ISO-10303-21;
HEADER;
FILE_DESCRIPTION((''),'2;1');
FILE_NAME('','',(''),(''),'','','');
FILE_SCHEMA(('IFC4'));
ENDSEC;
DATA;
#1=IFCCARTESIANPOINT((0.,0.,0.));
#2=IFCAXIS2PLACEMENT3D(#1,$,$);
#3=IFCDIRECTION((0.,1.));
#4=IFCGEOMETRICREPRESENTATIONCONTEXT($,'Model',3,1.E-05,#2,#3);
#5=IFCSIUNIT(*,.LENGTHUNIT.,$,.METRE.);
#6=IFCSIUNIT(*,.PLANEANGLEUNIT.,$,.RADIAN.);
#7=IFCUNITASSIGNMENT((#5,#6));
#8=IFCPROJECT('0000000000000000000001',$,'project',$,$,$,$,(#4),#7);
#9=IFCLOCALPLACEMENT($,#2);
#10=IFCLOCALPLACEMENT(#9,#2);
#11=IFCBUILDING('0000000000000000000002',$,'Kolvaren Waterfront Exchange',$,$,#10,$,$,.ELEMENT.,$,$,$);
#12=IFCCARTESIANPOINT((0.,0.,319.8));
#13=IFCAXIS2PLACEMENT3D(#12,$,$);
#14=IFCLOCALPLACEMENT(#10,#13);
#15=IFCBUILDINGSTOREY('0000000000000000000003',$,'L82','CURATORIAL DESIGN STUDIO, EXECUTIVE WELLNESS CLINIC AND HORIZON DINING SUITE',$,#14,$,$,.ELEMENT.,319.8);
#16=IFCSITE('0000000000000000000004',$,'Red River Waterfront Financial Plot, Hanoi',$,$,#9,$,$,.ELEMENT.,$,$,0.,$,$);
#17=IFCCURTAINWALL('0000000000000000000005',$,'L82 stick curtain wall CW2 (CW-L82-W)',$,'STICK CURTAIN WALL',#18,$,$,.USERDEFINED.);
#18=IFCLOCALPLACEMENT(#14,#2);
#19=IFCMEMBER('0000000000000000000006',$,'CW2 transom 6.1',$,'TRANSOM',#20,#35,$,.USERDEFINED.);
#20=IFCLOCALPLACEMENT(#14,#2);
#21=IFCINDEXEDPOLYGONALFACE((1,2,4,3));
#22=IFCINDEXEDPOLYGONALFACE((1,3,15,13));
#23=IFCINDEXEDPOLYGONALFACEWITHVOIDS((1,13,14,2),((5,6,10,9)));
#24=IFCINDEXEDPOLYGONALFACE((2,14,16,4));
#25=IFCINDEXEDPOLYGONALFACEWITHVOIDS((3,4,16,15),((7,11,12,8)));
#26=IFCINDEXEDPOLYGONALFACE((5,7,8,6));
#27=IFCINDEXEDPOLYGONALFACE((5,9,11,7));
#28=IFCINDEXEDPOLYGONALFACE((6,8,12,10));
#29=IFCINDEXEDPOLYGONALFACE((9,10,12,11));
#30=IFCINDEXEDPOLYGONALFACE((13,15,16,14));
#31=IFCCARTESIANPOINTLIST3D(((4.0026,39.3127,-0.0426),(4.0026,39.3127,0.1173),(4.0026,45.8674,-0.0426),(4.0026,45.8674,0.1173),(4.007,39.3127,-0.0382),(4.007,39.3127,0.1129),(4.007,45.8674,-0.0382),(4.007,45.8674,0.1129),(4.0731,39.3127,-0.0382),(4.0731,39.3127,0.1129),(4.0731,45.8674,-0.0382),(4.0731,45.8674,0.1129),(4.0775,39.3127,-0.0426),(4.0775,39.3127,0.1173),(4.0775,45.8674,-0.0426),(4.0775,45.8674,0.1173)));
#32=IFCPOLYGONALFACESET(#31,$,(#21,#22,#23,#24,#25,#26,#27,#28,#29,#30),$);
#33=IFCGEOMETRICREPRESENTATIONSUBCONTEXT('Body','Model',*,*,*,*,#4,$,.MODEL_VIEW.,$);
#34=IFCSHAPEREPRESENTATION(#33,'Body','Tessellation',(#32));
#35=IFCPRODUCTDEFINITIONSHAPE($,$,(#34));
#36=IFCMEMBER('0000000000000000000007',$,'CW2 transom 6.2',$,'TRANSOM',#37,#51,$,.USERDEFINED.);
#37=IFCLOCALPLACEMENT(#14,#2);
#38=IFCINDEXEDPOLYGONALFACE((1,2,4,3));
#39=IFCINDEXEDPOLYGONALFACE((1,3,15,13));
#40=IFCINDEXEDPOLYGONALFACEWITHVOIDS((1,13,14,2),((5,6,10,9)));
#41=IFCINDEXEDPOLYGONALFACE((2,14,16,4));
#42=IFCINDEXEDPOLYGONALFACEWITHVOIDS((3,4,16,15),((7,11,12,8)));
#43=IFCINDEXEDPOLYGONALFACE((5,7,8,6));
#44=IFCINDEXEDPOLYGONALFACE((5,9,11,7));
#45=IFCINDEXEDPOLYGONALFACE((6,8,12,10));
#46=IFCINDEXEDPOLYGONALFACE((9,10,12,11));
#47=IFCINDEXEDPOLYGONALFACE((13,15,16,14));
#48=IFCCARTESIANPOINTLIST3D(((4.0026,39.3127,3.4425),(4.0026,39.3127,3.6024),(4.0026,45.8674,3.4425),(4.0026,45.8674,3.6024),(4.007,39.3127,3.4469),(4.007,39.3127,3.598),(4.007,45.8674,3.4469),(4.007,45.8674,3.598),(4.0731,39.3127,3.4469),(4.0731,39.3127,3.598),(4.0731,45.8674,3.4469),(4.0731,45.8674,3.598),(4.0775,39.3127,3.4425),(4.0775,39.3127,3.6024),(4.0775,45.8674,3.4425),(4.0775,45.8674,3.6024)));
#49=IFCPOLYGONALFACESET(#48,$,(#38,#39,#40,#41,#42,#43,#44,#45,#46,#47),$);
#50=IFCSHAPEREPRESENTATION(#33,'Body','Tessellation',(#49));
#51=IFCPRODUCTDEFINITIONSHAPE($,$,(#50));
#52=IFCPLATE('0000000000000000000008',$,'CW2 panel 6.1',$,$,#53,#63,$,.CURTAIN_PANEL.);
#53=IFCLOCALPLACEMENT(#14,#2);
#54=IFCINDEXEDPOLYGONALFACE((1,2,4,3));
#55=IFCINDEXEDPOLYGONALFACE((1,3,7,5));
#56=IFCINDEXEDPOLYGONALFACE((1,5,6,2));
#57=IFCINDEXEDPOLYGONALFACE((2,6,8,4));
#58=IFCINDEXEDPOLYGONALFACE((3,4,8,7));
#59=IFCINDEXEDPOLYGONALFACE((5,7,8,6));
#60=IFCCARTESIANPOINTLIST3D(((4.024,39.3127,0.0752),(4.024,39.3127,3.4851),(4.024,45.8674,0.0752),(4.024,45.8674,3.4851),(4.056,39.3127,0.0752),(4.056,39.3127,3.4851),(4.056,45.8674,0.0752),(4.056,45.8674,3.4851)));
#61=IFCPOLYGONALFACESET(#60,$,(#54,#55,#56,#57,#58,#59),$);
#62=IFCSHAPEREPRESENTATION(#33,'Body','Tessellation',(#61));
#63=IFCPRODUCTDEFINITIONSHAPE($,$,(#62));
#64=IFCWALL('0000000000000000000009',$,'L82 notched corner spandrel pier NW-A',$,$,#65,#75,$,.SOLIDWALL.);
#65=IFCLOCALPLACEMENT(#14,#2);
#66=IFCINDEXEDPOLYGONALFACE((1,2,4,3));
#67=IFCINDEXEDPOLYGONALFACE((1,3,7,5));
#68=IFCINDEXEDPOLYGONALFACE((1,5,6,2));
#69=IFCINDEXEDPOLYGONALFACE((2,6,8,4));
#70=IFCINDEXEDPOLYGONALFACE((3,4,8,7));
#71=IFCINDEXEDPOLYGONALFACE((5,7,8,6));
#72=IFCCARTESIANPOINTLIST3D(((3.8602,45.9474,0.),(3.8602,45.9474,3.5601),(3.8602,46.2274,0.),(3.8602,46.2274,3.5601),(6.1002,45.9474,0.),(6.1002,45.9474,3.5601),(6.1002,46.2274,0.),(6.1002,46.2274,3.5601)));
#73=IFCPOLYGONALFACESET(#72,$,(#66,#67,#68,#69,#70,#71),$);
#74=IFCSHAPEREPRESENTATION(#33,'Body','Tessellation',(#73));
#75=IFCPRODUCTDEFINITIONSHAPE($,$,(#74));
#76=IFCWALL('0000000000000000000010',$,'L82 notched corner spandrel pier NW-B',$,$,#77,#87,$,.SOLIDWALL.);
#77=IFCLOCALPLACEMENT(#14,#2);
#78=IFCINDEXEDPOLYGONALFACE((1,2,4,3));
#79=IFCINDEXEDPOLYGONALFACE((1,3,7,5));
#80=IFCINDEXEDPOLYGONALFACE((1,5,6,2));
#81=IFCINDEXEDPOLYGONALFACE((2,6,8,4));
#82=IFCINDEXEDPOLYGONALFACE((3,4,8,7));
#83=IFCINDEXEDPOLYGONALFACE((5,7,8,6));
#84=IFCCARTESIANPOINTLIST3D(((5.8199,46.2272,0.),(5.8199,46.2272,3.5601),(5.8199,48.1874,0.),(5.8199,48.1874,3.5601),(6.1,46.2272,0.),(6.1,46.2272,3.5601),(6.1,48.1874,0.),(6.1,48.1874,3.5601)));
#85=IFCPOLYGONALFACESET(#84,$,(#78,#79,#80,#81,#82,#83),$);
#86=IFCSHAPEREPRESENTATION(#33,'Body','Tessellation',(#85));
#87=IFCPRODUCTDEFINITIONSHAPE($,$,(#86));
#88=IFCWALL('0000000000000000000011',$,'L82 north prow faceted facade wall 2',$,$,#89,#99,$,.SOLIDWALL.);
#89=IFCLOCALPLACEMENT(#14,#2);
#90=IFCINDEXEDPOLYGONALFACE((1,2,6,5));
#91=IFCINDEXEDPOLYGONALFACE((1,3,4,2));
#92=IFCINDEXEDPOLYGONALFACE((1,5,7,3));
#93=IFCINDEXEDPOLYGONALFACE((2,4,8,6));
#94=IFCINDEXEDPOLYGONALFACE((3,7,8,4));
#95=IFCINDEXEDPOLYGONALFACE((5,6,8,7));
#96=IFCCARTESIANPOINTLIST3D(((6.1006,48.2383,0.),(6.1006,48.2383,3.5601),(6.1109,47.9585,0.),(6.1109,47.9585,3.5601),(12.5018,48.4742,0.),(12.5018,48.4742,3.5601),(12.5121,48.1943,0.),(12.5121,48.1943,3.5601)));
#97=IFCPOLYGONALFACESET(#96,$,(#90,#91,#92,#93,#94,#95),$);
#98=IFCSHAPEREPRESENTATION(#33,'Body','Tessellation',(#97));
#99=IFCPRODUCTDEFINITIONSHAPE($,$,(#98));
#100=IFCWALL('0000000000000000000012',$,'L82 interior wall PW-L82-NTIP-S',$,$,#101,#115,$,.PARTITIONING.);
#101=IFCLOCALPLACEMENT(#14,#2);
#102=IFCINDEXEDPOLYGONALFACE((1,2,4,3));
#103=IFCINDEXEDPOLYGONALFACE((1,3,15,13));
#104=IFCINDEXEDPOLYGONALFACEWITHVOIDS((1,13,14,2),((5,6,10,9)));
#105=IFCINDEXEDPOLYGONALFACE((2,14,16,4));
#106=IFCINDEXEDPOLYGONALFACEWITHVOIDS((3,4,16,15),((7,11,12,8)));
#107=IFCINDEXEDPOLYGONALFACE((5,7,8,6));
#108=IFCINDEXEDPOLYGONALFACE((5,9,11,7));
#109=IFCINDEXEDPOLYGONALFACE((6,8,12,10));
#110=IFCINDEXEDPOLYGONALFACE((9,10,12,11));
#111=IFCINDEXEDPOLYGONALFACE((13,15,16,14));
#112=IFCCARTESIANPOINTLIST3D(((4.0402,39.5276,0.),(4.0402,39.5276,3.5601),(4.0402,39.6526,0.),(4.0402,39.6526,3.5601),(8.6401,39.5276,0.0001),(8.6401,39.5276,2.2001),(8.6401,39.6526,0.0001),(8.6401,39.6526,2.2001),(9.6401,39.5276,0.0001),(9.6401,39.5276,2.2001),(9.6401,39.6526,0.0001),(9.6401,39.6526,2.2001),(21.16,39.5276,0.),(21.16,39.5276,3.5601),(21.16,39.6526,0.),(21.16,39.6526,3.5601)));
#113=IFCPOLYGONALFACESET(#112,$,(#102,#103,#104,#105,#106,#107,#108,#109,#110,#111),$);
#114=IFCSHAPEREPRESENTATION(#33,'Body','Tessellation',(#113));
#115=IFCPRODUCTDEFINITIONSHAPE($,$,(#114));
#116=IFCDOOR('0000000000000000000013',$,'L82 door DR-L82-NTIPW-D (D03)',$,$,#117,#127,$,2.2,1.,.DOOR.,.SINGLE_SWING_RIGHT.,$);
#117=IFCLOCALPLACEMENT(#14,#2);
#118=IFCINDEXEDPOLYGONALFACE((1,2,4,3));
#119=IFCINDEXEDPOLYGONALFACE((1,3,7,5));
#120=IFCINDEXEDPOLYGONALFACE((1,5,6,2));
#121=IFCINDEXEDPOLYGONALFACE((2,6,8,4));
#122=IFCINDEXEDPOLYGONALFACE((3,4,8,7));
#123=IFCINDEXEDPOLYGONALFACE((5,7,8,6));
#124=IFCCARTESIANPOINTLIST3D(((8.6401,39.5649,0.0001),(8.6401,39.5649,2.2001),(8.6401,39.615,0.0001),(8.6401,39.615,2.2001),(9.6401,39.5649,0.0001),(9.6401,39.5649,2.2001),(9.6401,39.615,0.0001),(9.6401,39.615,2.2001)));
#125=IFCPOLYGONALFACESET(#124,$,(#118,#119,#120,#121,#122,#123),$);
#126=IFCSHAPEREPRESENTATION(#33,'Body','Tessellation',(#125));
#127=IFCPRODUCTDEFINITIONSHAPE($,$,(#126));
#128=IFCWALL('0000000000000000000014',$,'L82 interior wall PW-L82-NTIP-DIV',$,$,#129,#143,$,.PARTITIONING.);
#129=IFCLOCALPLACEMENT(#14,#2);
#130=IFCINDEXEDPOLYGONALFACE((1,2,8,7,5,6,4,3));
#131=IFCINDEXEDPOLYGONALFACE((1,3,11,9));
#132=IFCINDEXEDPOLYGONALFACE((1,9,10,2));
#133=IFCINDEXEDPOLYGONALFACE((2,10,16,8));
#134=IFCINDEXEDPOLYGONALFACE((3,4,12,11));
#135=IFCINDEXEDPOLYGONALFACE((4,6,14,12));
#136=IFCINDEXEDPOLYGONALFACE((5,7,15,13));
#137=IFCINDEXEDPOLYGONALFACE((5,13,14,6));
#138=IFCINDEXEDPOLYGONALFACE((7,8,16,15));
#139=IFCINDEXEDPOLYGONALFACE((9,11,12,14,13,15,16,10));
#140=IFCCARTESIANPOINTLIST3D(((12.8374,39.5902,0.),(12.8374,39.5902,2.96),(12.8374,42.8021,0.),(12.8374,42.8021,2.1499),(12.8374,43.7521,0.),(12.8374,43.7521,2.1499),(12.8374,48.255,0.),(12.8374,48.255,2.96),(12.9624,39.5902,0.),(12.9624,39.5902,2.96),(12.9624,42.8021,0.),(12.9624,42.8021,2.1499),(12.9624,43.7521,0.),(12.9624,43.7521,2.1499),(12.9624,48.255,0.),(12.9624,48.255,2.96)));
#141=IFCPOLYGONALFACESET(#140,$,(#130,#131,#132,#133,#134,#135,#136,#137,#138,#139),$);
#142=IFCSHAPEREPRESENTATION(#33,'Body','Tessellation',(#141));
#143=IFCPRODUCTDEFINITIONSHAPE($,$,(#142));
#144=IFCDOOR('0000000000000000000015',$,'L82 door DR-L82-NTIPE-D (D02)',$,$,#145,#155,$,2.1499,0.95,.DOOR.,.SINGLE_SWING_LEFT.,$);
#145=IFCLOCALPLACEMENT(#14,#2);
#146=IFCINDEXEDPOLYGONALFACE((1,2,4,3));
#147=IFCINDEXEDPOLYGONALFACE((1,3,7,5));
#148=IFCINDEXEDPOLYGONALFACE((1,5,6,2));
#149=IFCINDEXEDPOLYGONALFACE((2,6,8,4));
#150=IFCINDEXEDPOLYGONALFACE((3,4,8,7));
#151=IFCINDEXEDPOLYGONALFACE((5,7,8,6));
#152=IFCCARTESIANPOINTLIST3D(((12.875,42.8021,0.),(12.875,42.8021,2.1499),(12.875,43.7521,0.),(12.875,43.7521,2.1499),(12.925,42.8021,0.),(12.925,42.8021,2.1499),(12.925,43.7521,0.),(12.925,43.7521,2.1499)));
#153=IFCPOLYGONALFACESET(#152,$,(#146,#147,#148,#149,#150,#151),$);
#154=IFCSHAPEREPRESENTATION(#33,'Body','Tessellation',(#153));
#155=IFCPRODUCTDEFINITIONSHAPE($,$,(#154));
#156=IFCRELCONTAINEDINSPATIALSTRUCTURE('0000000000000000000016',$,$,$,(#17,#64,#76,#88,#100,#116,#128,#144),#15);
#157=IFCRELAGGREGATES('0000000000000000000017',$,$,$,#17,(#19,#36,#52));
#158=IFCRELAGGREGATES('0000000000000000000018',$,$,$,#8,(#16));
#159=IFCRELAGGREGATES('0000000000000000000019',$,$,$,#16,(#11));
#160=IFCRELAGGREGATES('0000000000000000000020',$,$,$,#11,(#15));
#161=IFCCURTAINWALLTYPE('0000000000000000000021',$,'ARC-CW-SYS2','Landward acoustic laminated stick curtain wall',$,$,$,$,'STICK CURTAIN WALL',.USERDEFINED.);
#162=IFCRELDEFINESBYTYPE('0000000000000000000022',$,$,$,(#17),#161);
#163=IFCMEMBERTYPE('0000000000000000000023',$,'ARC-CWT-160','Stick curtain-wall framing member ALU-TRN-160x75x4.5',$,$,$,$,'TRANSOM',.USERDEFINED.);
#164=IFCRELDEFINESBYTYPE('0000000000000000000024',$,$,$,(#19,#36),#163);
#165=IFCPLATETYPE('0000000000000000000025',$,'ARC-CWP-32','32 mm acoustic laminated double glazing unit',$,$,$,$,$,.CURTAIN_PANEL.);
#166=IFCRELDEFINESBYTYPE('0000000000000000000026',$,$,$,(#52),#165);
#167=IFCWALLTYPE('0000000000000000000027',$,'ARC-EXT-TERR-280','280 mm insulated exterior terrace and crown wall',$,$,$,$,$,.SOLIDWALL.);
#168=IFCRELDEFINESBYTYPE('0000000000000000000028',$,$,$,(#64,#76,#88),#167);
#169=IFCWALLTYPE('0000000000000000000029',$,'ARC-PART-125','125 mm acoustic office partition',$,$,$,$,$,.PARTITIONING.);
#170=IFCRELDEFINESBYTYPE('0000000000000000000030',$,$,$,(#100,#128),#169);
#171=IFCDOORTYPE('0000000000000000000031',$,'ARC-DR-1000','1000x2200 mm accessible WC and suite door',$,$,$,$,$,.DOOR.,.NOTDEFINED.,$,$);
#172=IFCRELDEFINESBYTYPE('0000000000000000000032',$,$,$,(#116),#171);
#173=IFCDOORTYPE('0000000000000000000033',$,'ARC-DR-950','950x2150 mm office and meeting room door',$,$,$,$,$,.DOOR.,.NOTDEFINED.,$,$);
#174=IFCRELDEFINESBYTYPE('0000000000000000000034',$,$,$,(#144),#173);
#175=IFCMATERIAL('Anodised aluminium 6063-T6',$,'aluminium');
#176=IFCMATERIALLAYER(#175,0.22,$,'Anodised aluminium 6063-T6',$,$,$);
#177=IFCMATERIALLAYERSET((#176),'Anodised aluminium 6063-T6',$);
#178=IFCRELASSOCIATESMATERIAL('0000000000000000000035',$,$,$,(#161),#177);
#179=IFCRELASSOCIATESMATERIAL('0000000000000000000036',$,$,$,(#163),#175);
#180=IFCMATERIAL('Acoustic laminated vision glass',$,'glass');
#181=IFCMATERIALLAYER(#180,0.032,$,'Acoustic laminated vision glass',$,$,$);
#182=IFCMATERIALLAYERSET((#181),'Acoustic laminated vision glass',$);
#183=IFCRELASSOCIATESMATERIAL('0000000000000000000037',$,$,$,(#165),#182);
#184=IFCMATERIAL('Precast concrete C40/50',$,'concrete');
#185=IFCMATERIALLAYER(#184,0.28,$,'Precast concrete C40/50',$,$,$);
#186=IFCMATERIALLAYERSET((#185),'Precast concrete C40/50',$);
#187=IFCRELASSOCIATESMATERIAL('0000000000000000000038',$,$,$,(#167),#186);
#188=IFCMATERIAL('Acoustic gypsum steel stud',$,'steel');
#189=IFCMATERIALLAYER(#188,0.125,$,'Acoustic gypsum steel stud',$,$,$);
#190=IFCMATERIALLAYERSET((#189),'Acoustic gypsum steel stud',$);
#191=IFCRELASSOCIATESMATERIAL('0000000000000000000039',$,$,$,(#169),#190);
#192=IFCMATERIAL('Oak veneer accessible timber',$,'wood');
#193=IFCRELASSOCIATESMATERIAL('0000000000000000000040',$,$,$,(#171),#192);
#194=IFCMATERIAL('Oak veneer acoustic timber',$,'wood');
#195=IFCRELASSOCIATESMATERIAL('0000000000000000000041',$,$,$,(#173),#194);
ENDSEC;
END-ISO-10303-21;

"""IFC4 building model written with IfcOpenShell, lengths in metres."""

from ifc_helpers import new_model, si_unit, direction, frame, frame_2d, origin, origin_with_axes, origin_2d, place, context, subcontext, project, spatial, rectangle, hollow_rectangle, extrude, source, transform, mapped, material, layer, layer_set, material_profile, profile_set, type_object, element, fill, aggregate, save


model = new_model("IFC4")

# Units and contexts
model_context = context("Model", 3, precision=1e-05, world=origin(), true_north=direction((0.0, 1.0)))
body_context = subcontext(model_context, "Body", "Model", "MODEL_VIEW")
ifc_project = project(units=[si_unit("LENGTHUNIT", "METRE"), si_unit("PLANEANGLEUNIT", "RADIAN")], contexts=[model_context])

# Site, building, storey
site_placement = place(None, origin())
site = spatial("IfcSite", under=ifc_project, at=site_placement, Name="Red River Waterfront Financial Plot, Hanoi", CompositionType="ELEMENT", RefElevation=0.0)
building_placement = place(site_placement, origin())
building = spatial("IfcBuilding", under=site, at=building_placement, Name="Kolvaren Waterfront Exchange", CompositionType="ELEMENT")
storey_placement = place(building_placement, frame((0.0, 0.0, 319.8)))
storey = spatial("IfcBuildingStorey", under=building, at=storey_placement, Name="L82", Description="CURATORIAL DESIGN STUDIO, EXECUTIVE WELLNESS CLINIC AND HORIZON DINING SUITE", CompositionType="ELEMENT", Elevation=319.8)

# Curtain wall, members, plate
ifc_material_1 = material(Name="Anodised aluminium 6063-T6", Category="aluminium")
ifc_layer_1 = layer(ifc_material_1, 0.22, Name="Anodised aluminium 6063-T6")
ifc_layer_set_1 = layer_set([ifc_layer_1], Name="Anodised aluminium 6063-T6")
curtain_wall_type = type_object("IfcCurtainWallType", Name="ARC-CW-SYS2", Description="Landward acoustic laminated stick curtain wall", ElementType="STICK CURTAIN WALL", PredefinedType="USERDEFINED", material=ifc_layer_set_1)
curtain_wall_placement = place(storey_placement, origin())
curtain_wall = element("IfcCurtainWall", 1, at=curtain_wall_placement, inside=storey, type_object=curtain_wall_type, Name="L82 stick curtain wall CW2 (CW-L82-W)", ObjectType="STICK CURTAIN WALL", PredefinedType="USERDEFINED")
ifc_material_profile_1 = material_profile(ifc_material_1, hollow_rectangle(XDim=0.075, YDim=0.1599, WallThickness=0.0044, at=origin_2d()), Name="ALU-TRN-160x75x4.5")
ifc_profile_set_1 = profile_set([ifc_material_profile_1], Name="Anodised aluminium 6063-T6")
member_type_1 = type_object("IfcMemberType", Name="ARC-CWT-160", Description="Stick curtain-wall framing member ALU-TRN-160x75x4.5", ElementType="TRANSOM", PredefinedType="USERDEFINED", material=ifc_profile_set_1)
shared_shape_1 = source(origin_with_axes(), body_context, "Body", "SweptSolid", [
    extrude(hollow_rectangle(XDim=0.075, YDim=0.1599, WallThickness=0.0044, at=origin_2d()), origin(), (0.0, 0.0, 1.0), 6.5547),
])
member_1_placement = place(storey_placement, frame((4.04, 39.3127, 0.0374), z_axis=(0.0, 1.0, 0.0), x_axis=(-1.0, 0.0, 0.0)))
member_1 = element("IfcMember", 2, at=member_1_placement, type_object=member_type_1, Name="CW2 transom 6.1", ObjectType="TRANSOM", PredefinedType="USERDEFINED", context=body_context, shape_type="MappedRepresentation", body=[
    mapped(shared_shape_1, transform((0.0, 0.0, 0.0), x_axis=(1.0, 0.0, 0.0), y_axis=(0.0, 1.0, 0.0), z_axis=(0.0, 0.0, 1.0), scale=1.0)),
])
member_2_placement = place(storey_placement, frame((4.04, 39.3127, 3.5225), z_axis=(0.0, 1.0, 0.0), x_axis=(-1.0, 0.0, 0.0)))
member_2 = element("IfcMember", 3, at=member_2_placement, type_object=member_type_1, Name="CW2 transom 6.2", ObjectType="TRANSOM", PredefinedType="USERDEFINED", context=body_context, shape_type="MappedRepresentation", body=[
    mapped(shared_shape_1, transform((0.0, 0.0, 0.0), x_axis=(1.0, 0.0, 0.0), y_axis=(0.0, 1.0, 0.0), z_axis=(0.0, 0.0, 1.0), scale=1.0)),
])
ifc_material_2 = material(Name="Acoustic laminated vision glass", Category="glass")
ifc_layer_2 = layer(ifc_material_2, 0.032, Name="Acoustic laminated vision glass")
ifc_layer_set_2 = layer_set([ifc_layer_2], Name="Acoustic laminated vision glass")
plate_type = type_object("IfcPlateType", Name="ARC-CWP-32", Description="32 mm acoustic laminated double glazing unit", PredefinedType="CURTAIN_PANEL", material=ifc_layer_set_2)
shared_shape_2 = source(origin_with_axes(), body_context, "Body", "SweptSolid", [
    extrude(rectangle(XDim=6.5547, YDim=0.032, at=origin_2d()), origin(), (0.0, 0.0, 1.0), 3.4099),
])
plate_placement = place(storey_placement, frame((4.04, 42.5901, 0.0752), z_axis=(0.0, 0.0, 1.0), x_axis=(0.0, 1.0, 0.0)))
plate = element("IfcPlate", 4, at=plate_placement, type_object=plate_type, Name="CW2 panel 6.1", PredefinedType="CURTAIN_PANEL", context=body_context, shape_type="MappedRepresentation", body=[
    mapped(shared_shape_2, transform((0.0, 0.0, 0.0), x_axis=(1.0, 0.0, 0.0), y_axis=(0.0, 1.0, 0.0), z_axis=(0.0, 0.0, 1.0), scale=1.0)),
])
aggregate(curtain_wall, [member_1, member_2, plate])

# Walls
ifc_material_3 = material(Name="Precast concrete C40/50", Category="concrete")
ifc_layer_3 = layer(ifc_material_3, 0.28, Name="Precast concrete C40/50")
ifc_layer_set_3 = layer_set([ifc_layer_3], Name="Precast concrete C40/50")
wall_type_1 = type_object("IfcWallType", Name="ARC-EXT-TERR-280", Description="280 mm insulated exterior terrace and crown wall", PredefinedType="SOLIDWALL", material=ifc_layer_set_3)
wall_1_placement = place(storey_placement, frame((3.8601, 46.0874, 0.0), z_axis=(0.0, 0.0, 1.0), x_axis=(1.0, 0.0, 0.0)))
element("IfcWall", 5, at=wall_1_placement, inside=storey, type_object=wall_type_1, Name="L82 notched corner spandrel pier NW-A", PredefinedType="SOLIDWALL", context=body_context, shape_type="SweptSolid", body=[
    extrude(rectangle(XDim=2.24, YDim=0.28, at=frame_2d((1.1201, 0.0))), origin(), (0.0, 0.0, 1.0), 3.5601),
])
wall_2_placement = place(storey_placement, frame((5.96, 46.2273, 0.0), z_axis=(0.0, 0.0, 1.0), x_axis=(0.0, 1.0, 0.0)))
element("IfcWall", 6, at=wall_2_placement, inside=storey, type_object=wall_type_1, Name="L82 notched corner spandrel pier NW-B", PredefinedType="SOLIDWALL", context=body_context, shape_type="SweptSolid", body=[
    extrude(rectangle(XDim=1.9602, YDim=0.28, at=frame_2d((0.98, 0.0))), origin(), (0.0, 0.0, 1.0), 3.5601),
])
wall_3_placement = place(storey_placement, frame((12.5068, 48.3342, 0.0), z_axis=(0.0, 0.0, 1.0), x_axis=(-0.999322, -0.036819, 0.0)))
element("IfcWall", 7, at=wall_3_placement, inside=storey, type_object=wall_type_1, Name="L82 north prow faceted facade wall 2", PredefinedType="SOLIDWALL", context=body_context, shape_type="SweptSolid", body=[
    extrude(rectangle(XDim=6.4055, YDim=0.28, at=frame_2d((3.2026, 0.0))), origin(), (0.0, 0.0, 1.0), 3.5601),
])

# Walls, openings, doors
ifc_material_4 = material(Name="Acoustic gypsum steel stud", Category="steel")
ifc_layer_4 = layer(ifc_material_4, 0.125, Name="Acoustic gypsum steel stud")
ifc_layer_set_4 = layer_set([ifc_layer_4], Name="Acoustic gypsum steel stud")
wall_type_2 = type_object("IfcWallType", Name="ARC-PART-125", Description="125 mm acoustic office partition", PredefinedType="PARTITIONING", material=ifc_layer_set_4)
wall_4_placement = place(storey_placement, frame((4.04, 39.5901, 0.0), z_axis=(0.0, 0.0, 1.0), x_axis=(1.0, 0.0, 0.0)))
wall_4 = element("IfcWall", 8, at=wall_4_placement, inside=storey, type_object=wall_type_2, Name="L82 interior wall PW-L82-NTIP-S", PredefinedType="PARTITIONING", context=body_context, shape_type="SweptSolid", body=[
    extrude(rectangle(XDim=17.1199, YDim=0.125, at=frame_2d((8.5601, 0.0))), origin(), (0.0, 0.0, 1.0), 3.5601),
])
opening_1_placement = place(wall_4_placement, frame((4.6001, 0.0, 0.0)))
opening_1 = element("IfcOpeningElement", 9, at=opening_1_placement, cuts=wall_4, PredefinedType="OPENING", context=body_context, shape_type="SweptSolid", body=[
    extrude(rectangle(XDim=1.0, YDim=2.2, at=frame_2d((0.5, 1.1001))), frame((0.0, 0.0725, 0.0), z_axis=(0.0, -1.0, 0.0), x_axis=(1.0, 0.0, 0.0)), (0.0, 0.0, 1.0), 0.145),
])
ifc_material_5 = material(Name="Oak veneer accessible timber", Category="wood")
door_type_1 = type_object("IfcDoorType", Name="ARC-DR-1000", Description="1000x2200 mm accessible WC and suite door", OperationType="NOTDEFINED", PredefinedType="DOOR", material=ifc_material_5)
door_1_placement = place(opening_1_placement, origin())
door_1 = element("IfcDoor", 10, at=door_1_placement, inside=storey, type_object=door_type_1, Name="L82 door DR-L82-NTIPW-D (D03)", OperationType="SINGLE_SWING_RIGHT", OverallHeight=2.2, OverallWidth=1.0, PredefinedType="DOOR", context=body_context, shape_type="SweptSolid", body=[
    extrude(rectangle(XDim=1.0, YDim=2.2, at=frame_2d((0.5, 1.1001))), frame((0.0, 0.0249, 0.0), z_axis=(0.0, -1.0, 0.0), x_axis=(1.0, 0.0, 0.0)), (0.0, 0.0, 1.0), 0.05),
])
fill(opening_1, door_1)
wall_5_placement = place(storey_placement, frame((12.8999, 39.5901, 0.0), z_axis=(0.0, 0.0, 1.0), x_axis=(0.0, 1.0, 0.0)))
wall_5 = element("IfcWall", 11, at=wall_5_placement, inside=storey, type_object=wall_type_2, Name="L82 interior wall PW-L82-NTIP-DIV", PredefinedType="PARTITIONING", context=body_context, shape_type="SweptSolid", body=[
    extrude(rectangle(XDim=8.6648, YDim=0.125, at=frame_2d((4.3325, 0.0))), origin(), (0.0, 0.0, 1.0), 2.96),
])
opening_2_placement = place(wall_5_placement, frame((3.2119, 0.0, 0.0)))
opening_2 = element("IfcOpeningElement", 12, at=opening_2_placement, cuts=wall_5, PredefinedType="OPENING", context=body_context, shape_type="SweptSolid", body=[
    extrude(rectangle(XDim=0.95, YDim=2.1499, at=frame_2d((0.4751, 1.075))), frame((0.0, 0.0725, 0.0), z_axis=(0.0, -1.0, 0.0), x_axis=(1.0, 0.0, 0.0)), (0.0, 0.0, 1.0), 0.145),
])
ifc_material_6 = material(Name="Oak veneer acoustic timber", Category="wood")
door_type_2 = type_object("IfcDoorType", Name="ARC-DR-950", Description="950x2150 mm office and meeting room door", OperationType="NOTDEFINED", PredefinedType="DOOR", material=ifc_material_6)
door_2_placement = place(opening_2_placement, origin())
door_2 = element("IfcDoor", 13, at=door_2_placement, inside=storey, type_object=door_type_2, Name="L82 door DR-L82-NTIPE-D (D02)", OperationType="SINGLE_SWING_LEFT", OverallHeight=2.1499, OverallWidth=0.95, PredefinedType="DOOR", context=body_context, shape_type="SweptSolid", body=[
    extrude(rectangle(XDim=0.95, YDim=2.1499, at=frame_2d((0.4751, 1.075))), frame((0.0, 0.0249, 0.0), z_axis=(0.0, -1.0, 0.0), x_axis=(1.0, 0.0, 0.0)), (0.0, 0.0, 1.0), 0.05),
])
fill(opening_2, door_2)

save(model, "model.ifc")
